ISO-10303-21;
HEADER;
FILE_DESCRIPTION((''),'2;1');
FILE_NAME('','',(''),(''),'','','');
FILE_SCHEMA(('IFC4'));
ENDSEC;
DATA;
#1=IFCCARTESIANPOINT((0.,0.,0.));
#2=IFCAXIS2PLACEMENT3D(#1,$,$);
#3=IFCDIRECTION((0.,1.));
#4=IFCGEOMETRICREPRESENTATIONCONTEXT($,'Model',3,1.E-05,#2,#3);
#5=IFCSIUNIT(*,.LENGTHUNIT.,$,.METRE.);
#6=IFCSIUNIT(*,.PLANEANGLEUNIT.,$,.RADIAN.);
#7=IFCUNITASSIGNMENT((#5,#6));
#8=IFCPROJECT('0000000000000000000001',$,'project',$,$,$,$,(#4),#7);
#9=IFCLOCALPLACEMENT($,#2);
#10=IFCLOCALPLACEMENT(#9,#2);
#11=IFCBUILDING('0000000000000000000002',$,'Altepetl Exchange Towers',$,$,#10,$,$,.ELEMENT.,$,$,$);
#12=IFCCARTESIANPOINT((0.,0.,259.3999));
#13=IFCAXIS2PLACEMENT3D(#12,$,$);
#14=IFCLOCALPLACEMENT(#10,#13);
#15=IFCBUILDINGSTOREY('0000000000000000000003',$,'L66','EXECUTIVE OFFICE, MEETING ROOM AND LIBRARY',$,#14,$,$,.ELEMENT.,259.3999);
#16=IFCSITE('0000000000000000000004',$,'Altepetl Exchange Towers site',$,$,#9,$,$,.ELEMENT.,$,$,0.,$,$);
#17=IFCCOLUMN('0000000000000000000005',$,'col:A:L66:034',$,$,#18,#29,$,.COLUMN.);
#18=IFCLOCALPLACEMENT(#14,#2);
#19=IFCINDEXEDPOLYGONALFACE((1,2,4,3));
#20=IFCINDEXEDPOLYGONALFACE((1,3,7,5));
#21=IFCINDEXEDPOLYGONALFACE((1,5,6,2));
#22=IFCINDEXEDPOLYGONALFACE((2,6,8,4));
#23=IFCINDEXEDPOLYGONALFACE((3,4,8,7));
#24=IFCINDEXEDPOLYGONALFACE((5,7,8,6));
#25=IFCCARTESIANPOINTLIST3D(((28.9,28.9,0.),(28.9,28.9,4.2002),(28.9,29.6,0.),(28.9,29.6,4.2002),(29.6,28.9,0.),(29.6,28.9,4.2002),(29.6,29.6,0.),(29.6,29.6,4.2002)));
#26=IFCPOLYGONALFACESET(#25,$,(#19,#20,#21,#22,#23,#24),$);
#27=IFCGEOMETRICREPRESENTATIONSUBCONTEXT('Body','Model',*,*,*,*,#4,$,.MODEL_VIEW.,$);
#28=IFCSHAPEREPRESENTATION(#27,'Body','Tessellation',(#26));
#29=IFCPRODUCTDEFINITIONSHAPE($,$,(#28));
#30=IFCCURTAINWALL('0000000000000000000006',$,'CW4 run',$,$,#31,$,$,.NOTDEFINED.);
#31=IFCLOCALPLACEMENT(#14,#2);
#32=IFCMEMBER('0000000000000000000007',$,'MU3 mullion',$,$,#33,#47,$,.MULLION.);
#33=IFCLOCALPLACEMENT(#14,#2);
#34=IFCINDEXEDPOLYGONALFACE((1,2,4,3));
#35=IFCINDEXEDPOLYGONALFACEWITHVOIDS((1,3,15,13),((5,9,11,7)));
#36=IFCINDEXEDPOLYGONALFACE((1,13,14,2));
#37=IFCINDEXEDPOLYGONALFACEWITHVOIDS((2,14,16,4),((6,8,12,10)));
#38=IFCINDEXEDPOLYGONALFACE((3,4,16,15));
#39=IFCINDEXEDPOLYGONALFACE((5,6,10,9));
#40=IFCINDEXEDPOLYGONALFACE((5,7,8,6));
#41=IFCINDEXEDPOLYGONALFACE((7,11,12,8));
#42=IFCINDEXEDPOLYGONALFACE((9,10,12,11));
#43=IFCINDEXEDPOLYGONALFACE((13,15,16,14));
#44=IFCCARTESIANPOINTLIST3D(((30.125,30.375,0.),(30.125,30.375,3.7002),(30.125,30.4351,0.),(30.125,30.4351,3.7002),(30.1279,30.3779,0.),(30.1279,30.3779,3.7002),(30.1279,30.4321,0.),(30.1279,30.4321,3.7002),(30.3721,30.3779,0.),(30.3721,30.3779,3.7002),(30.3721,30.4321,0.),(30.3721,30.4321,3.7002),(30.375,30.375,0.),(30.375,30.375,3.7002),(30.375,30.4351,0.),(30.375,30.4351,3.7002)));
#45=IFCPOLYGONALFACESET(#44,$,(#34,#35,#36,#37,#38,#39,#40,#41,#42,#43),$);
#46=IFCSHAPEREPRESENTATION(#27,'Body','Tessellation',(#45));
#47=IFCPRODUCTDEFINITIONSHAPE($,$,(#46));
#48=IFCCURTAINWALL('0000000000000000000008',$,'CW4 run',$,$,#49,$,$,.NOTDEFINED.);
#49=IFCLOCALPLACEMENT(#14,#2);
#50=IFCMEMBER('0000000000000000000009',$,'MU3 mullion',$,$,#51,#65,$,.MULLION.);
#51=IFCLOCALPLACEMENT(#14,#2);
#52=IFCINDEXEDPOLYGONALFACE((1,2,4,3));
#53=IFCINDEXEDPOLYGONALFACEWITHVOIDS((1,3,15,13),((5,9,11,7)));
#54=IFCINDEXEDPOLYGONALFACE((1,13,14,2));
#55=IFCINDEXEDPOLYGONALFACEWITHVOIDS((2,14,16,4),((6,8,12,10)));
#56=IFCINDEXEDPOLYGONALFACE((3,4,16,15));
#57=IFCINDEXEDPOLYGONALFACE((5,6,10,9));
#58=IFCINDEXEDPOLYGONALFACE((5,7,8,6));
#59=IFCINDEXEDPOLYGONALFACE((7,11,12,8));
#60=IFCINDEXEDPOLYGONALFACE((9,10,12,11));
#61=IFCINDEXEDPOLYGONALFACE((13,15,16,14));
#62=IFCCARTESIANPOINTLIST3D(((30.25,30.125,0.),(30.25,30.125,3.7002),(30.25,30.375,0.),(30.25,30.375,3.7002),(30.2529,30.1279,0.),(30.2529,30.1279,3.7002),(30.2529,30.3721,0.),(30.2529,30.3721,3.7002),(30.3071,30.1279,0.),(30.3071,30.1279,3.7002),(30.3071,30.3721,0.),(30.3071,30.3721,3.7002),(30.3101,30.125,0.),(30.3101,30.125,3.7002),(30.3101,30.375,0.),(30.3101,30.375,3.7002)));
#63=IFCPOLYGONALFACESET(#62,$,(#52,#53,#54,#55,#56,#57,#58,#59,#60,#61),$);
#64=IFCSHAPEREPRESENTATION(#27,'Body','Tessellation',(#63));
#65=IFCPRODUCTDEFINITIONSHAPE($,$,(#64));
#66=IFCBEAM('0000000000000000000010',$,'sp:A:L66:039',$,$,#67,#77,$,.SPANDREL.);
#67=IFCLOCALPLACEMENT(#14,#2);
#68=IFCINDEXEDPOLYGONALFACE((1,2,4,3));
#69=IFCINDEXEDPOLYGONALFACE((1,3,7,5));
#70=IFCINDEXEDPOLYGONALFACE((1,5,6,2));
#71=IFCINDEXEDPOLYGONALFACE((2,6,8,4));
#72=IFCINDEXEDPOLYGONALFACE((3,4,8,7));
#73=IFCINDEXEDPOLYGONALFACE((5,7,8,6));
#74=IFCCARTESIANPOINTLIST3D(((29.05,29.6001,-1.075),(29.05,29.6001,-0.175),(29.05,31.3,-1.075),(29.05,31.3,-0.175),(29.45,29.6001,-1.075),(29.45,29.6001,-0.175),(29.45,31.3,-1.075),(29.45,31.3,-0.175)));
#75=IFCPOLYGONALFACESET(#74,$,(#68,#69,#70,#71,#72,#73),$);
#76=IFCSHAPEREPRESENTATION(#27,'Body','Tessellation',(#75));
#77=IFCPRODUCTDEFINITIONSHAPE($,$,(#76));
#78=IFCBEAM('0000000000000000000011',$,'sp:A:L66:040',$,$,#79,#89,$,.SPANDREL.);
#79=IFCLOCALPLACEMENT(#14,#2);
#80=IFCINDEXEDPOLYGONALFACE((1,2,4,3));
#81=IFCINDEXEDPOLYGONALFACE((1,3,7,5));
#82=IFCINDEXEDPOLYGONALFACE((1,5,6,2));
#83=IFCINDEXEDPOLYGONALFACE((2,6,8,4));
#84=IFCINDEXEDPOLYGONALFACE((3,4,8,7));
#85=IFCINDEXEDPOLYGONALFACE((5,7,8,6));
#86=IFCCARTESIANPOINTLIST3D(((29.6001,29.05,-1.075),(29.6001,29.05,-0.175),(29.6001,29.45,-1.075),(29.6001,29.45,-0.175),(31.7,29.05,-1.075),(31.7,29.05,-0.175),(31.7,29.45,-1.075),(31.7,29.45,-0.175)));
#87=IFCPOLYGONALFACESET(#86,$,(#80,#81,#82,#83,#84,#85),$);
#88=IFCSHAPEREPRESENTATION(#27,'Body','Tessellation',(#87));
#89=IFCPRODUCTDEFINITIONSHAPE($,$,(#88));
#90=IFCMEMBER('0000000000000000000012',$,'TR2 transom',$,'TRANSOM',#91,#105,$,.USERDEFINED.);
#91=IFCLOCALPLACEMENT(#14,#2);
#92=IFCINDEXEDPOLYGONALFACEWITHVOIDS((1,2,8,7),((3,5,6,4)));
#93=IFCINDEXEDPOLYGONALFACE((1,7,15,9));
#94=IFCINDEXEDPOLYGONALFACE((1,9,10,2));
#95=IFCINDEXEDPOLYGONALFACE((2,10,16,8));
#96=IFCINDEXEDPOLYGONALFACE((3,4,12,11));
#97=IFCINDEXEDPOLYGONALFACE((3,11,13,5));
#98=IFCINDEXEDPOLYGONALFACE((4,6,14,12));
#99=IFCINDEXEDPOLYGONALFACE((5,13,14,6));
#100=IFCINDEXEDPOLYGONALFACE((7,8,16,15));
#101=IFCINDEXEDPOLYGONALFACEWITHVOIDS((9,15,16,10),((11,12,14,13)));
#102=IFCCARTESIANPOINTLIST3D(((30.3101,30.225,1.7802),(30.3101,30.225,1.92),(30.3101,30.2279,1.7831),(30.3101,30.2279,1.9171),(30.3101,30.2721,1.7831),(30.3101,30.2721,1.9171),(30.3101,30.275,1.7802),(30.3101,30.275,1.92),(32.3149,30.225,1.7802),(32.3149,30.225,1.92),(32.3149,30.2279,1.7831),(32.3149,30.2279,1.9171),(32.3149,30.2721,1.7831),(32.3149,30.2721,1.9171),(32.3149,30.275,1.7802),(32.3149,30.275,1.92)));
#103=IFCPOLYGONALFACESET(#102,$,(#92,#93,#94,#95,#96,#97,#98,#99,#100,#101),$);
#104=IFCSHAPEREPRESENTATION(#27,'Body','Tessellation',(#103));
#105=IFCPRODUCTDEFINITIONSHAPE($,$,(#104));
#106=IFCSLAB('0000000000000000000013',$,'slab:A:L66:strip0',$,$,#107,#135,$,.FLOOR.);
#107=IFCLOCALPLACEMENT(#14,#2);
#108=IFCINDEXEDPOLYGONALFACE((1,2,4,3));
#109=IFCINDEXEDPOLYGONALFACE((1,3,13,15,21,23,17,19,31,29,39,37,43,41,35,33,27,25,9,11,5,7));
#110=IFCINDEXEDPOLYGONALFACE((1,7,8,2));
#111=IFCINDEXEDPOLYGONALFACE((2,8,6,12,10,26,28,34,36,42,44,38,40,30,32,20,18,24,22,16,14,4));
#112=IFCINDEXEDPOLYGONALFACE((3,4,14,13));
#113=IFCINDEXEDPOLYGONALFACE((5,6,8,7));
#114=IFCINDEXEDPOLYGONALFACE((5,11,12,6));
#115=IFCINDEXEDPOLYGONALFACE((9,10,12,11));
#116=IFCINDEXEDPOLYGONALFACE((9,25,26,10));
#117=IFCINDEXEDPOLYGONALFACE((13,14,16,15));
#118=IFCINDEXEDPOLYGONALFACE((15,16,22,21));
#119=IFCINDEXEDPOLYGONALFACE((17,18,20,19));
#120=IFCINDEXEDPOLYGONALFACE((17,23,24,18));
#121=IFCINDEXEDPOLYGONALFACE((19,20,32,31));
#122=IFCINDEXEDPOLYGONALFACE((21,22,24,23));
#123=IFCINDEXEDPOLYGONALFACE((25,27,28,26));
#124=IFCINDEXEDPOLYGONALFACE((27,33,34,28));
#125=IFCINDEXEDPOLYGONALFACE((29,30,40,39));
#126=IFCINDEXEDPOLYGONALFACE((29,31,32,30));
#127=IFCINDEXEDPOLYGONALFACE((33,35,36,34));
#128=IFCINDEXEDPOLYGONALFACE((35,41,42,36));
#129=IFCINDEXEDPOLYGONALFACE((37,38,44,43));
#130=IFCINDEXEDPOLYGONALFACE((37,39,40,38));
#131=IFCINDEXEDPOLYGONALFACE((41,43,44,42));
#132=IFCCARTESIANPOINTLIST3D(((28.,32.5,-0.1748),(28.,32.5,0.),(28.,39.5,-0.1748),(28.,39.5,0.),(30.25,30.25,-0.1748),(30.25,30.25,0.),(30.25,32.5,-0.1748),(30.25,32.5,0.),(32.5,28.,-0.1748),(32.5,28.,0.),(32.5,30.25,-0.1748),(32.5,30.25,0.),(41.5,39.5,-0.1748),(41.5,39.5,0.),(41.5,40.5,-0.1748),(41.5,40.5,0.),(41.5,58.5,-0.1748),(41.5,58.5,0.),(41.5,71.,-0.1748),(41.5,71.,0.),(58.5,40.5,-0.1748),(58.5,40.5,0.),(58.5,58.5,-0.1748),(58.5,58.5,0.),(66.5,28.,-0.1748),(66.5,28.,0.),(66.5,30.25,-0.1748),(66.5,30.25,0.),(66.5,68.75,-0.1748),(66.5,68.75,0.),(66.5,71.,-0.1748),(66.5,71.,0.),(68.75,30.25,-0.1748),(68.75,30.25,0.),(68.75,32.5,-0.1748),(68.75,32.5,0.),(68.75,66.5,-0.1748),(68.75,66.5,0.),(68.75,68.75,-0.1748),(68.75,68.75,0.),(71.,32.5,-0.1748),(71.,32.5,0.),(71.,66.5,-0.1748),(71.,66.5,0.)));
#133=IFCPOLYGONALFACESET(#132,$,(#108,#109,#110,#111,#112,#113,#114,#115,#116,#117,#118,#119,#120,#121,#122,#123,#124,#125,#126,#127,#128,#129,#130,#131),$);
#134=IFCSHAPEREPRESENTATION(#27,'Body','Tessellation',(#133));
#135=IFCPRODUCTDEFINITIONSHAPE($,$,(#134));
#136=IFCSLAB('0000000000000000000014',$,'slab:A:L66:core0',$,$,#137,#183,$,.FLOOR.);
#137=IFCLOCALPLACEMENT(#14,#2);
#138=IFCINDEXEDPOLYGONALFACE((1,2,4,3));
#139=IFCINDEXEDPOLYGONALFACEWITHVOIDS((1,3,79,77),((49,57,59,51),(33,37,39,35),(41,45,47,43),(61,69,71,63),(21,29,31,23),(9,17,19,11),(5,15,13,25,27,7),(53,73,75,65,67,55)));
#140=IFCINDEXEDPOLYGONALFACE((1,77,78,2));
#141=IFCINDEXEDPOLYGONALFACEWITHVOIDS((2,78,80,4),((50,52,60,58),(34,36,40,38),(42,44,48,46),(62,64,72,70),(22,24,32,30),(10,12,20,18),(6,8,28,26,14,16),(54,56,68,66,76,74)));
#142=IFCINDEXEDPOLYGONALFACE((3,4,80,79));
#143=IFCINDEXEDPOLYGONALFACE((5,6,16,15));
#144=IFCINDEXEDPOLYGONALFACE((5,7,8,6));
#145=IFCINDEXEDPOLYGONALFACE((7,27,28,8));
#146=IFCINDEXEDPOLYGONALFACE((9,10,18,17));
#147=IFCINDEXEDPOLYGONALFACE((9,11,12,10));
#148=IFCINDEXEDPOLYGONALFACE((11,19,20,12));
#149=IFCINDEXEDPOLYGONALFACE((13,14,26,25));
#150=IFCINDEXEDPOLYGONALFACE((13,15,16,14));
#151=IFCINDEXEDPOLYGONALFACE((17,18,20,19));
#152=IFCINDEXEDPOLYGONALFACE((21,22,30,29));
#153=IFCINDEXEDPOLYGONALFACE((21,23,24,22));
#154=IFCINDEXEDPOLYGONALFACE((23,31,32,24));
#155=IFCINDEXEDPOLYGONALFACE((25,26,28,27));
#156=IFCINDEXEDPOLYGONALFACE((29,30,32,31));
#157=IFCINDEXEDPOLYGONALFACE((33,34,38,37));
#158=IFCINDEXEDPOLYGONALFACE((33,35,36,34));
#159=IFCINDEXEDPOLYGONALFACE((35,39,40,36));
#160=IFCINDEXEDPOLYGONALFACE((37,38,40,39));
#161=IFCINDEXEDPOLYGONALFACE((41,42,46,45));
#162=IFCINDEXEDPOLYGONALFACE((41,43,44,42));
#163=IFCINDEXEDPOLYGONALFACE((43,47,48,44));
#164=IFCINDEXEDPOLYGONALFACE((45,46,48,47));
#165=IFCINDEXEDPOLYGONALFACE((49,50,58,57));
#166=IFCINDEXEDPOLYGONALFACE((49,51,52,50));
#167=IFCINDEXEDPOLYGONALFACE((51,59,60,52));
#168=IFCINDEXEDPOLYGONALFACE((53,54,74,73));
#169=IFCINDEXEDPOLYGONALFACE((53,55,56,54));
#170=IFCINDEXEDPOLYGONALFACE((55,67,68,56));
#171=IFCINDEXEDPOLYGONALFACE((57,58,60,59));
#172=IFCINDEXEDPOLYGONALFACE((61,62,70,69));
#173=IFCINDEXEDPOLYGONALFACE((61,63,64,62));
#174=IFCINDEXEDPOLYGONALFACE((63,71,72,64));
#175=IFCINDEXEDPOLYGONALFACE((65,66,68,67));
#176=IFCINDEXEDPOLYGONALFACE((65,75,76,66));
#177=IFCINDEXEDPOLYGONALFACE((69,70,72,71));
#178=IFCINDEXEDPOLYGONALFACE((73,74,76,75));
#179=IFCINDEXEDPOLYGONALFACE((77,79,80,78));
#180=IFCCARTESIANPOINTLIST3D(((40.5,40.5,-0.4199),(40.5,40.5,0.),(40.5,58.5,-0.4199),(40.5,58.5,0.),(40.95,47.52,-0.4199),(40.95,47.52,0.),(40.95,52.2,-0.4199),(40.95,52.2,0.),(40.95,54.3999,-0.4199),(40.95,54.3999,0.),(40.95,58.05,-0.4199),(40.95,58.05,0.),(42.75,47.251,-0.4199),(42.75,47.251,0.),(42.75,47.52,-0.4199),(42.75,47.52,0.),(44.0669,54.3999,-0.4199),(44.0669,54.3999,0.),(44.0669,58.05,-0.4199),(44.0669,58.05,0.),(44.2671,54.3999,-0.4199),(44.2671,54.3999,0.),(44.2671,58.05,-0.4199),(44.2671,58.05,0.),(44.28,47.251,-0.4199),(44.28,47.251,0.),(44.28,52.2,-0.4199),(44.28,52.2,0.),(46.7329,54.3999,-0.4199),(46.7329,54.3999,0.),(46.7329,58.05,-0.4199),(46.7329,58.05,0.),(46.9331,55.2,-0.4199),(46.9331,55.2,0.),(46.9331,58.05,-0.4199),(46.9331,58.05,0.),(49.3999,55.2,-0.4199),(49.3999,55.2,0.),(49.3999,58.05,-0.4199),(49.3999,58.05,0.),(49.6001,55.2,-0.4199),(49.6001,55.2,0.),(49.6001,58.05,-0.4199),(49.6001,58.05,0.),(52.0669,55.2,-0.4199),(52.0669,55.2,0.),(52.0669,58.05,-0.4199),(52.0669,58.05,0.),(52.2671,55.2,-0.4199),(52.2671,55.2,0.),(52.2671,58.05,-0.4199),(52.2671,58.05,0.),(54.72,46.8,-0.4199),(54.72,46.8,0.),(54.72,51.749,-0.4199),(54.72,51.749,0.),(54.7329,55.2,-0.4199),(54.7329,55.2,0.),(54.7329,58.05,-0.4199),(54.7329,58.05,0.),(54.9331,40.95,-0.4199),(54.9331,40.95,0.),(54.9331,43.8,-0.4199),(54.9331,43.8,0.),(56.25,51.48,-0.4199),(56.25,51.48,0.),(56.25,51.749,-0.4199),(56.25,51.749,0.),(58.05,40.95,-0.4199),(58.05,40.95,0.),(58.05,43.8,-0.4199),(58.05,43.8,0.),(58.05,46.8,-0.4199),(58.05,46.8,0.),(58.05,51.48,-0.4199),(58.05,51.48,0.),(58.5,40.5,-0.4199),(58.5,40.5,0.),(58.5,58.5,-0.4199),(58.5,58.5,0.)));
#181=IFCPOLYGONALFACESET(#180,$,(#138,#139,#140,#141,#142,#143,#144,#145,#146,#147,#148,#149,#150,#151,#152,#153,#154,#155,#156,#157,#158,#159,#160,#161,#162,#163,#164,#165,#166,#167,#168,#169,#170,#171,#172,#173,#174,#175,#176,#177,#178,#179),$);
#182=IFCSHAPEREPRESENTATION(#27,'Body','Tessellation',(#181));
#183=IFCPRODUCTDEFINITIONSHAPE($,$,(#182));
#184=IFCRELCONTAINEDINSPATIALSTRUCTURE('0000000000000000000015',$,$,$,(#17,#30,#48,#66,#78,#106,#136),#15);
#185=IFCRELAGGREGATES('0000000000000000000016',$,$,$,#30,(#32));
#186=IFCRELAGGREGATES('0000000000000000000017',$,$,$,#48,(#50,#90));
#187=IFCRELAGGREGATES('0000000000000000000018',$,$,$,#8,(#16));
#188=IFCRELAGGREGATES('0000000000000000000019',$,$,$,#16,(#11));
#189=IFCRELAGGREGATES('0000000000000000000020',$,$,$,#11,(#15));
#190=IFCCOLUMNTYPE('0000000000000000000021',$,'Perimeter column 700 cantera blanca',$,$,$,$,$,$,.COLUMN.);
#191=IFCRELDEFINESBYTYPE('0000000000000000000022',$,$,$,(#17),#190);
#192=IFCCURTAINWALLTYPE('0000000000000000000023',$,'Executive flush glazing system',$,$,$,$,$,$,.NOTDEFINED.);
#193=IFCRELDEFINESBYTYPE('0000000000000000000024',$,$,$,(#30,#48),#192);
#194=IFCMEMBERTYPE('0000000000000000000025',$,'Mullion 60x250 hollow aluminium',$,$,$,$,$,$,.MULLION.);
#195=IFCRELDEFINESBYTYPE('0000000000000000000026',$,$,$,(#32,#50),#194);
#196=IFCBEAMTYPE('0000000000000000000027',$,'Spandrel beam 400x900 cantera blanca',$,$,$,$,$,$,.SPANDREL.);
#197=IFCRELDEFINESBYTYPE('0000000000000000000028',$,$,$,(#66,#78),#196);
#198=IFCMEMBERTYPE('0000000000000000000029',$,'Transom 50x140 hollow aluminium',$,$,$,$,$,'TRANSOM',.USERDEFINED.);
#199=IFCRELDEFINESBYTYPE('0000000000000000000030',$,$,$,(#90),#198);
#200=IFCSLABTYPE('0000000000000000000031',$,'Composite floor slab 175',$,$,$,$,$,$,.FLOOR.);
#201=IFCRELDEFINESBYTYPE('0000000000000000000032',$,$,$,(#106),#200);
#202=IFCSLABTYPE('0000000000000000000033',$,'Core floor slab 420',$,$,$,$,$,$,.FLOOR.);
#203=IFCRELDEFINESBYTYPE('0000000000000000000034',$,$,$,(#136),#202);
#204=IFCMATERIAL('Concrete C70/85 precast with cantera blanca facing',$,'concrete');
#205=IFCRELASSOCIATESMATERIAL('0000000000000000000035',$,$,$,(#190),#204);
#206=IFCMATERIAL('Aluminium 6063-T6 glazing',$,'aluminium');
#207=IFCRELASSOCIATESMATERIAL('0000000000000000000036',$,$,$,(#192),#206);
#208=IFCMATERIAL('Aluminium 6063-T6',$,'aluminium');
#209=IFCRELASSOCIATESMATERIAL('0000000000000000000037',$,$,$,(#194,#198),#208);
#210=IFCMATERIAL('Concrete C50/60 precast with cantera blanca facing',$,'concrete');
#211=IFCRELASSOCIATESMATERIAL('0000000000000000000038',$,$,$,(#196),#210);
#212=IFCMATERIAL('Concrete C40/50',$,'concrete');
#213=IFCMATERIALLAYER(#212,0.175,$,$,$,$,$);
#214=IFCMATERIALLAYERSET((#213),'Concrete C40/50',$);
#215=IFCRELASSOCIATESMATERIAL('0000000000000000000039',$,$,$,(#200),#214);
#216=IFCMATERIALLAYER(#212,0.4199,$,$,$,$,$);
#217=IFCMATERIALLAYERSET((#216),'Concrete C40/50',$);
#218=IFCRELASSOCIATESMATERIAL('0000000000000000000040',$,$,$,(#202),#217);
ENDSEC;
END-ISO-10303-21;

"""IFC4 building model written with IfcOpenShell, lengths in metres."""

from ifc_helpers import new_model, si_unit, direction, frame, origin, origin_2d, place, context, subcontext, project, spatial, polyline, rectangle, hollow_rectangle, outline, extrude, material, layer, layer_set, material_profile, profile_set, type_object, element, aggregate, save


model = new_model("IFC4")

# Units and contexts
model_context = context("Model", 3, precision=1e-05, world=origin(), true_north=direction((0.0, 1.0)))
body_context = subcontext(model_context, "Body", "Model", "MODEL_VIEW")
ifc_project = project(units=[si_unit("LENGTHUNIT", "METRE"), si_unit("PLANEANGLEUNIT", "RADIAN")], contexts=[model_context])

# Site, building, storey
site_placement = place(None, origin())
site = spatial("IfcSite", under=ifc_project, at=site_placement, Name="Altepetl Exchange Towers site", CompositionType="ELEMENT", RefElevation=0.0)
building_placement = place(site_placement, origin())
building = spatial("IfcBuilding", under=site, at=building_placement, Name="Altepetl Exchange Towers", CompositionType="ELEMENT")
storey_placement = place(building_placement, frame((0.0, 0.0, 259.3999)))
storey = spatial("IfcBuildingStorey", under=building, at=storey_placement, Name="L66", Description="EXECUTIVE OFFICE, MEETING ROOM AND LIBRARY", CompositionType="ELEMENT", Elevation=259.3999)

# Column
ifc_material_1 = material(Name="Concrete C70/85 precast with cantera blanca facing", Category="concrete")
ifc_material_profile_1 = material_profile(ifc_material_1, rectangle(XDim=0.7, YDim=0.7, at=origin_2d()), Name="700 x 700")
ifc_profile_set_1 = profile_set([ifc_material_profile_1], Name="Concrete C70/85 precast with cantera blanca facing")
column_type = type_object("IfcColumnType", Name="Perimeter column 700 cantera blanca", PredefinedType="COLUMN", material=ifc_profile_set_1)
column_placement = place(storey_placement, frame((29.25, 29.25, 0.0)))
element("IfcColumn", 1, at=column_placement, inside=storey, type_object=column_type, Name="col:A:L66:034", PredefinedType="COLUMN", context=body_context, shape_type="SweptSolid", body=[
    extrude(rectangle(XDim=0.7, YDim=0.7, at=origin_2d()), origin(), (0.0, 0.0, 1.0), 4.2002),
])

# Curtain walls, members
ifc_material_2 = material(Name="Aluminium 6063-T6 glazing", Category="aluminium")
curtain_wall_type = type_object("IfcCurtainWallType", Name="Executive flush glazing system", PredefinedType="NOTDEFINED", material=ifc_material_2)
curtain_wall_1_placement = place(storey_placement, origin())
curtain_wall_1 = element("IfcCurtainWall", 2, at=curtain_wall_1_placement, inside=storey, type_object=curtain_wall_type, Name="CW4 run", PredefinedType="NOTDEFINED")
ifc_material_3 = material(Name="Aluminium 6063-T6", Category="aluminium")
ifc_material_profile_2 = material_profile(ifc_material_3, hollow_rectangle(XDim=0.0601, YDim=0.25, WallThickness=0.0029, at=origin_2d()), Name="Mullion 60x250 hollow aluminium")
ifc_profile_set_2 = profile_set([ifc_material_profile_2], Name="Aluminium 6063-T6")
member_type_1 = type_object("IfcMemberType", Name="Mullion 60x250 hollow aluminium", PredefinedType="MULLION", material=ifc_profile_set_2)
member_1_placement = place(storey_placement, frame((30.25, 30.405, 0.0), z_axis=(0.0, 0.0, 1.0), x_axis=(0.0, -1.0, 0.0)))
member_1 = element("IfcMember", 3, at=member_1_placement, type_object=member_type_1, Name="MU3 mullion", PredefinedType="MULLION", context=body_context, shape_type="SweptSolid", body=[
    extrude(hollow_rectangle(XDim=0.0601, YDim=0.25, WallThickness=0.0029, at=origin_2d()), origin(), (0.0, 0.0, 1.0), 3.7002),
])
curtain_wall_2_placement = place(storey_placement, origin())
curtain_wall_2 = element("IfcCurtainWall", 4, at=curtain_wall_2_placement, inside=storey, type_object=curtain_wall_type, Name="CW4 run", PredefinedType="NOTDEFINED")
member_2_placement = place(storey_placement, frame((30.28, 30.25, 0.0)))
member_2 = element("IfcMember", 5, at=member_2_placement, type_object=member_type_1, Name="MU3 mullion", PredefinedType="MULLION", context=body_context, shape_type="SweptSolid", body=[
    extrude(hollow_rectangle(XDim=0.0601, YDim=0.25, WallThickness=0.0029, at=origin_2d()), origin(), (0.0, 0.0, 1.0), 3.7002),
])

# Beams
ifc_material_4 = material(Name="Concrete C50/60 precast with cantera blanca facing", Category="concrete")
ifc_material_profile_3 = material_profile(ifc_material_4, rectangle(XDim=0.3999, YDim=0.8999, at=origin_2d()), Name="400 x 900")
ifc_profile_set_3 = profile_set([ifc_material_profile_3], Name="Concrete C50/60 precast with cantera blanca facing")
beam_type = type_object("IfcBeamType", Name="Spandrel beam 400x900 cantera blanca", PredefinedType="SPANDREL", material=ifc_profile_set_3)
beam_1_placement = place(storey_placement, frame((29.25, 31.3, -0.625), z_axis=(0.0, -1.0, 0.0), x_axis=(1.0, 0.0, 0.0)))
element("IfcBeam", 6, at=beam_1_placement, inside=storey, type_object=beam_type, Name="sp:A:L66:039", PredefinedType="SPANDREL", context=body_context, shape_type="SweptSolid", body=[
    extrude(rectangle(XDim=0.3999, YDim=0.8999, at=origin_2d()), origin(), (0.0, 0.0, 1.0), 1.7),
])
beam_2_placement = place(storey_placement, frame((29.6001, 29.25, -0.625), z_axis=(1.0, 0.0, 0.0), x_axis=(0.0, 1.0, 0.0)))
element("IfcBeam", 7, at=beam_2_placement, inside=storey, type_object=beam_type, Name="sp:A:L66:040", PredefinedType="SPANDREL", context=body_context, shape_type="SweptSolid", body=[
    extrude(rectangle(XDim=0.3999, YDim=0.8999, at=origin_2d()), origin(), (0.0, 0.0, 1.0), 2.0999),
])

# Member
ifc_material_profile_4 = material_profile(ifc_material_3, hollow_rectangle(XDim=0.05, YDim=0.1399, WallThickness=0.0029, at=origin_2d()), Name="Transom 50x140 hollow aluminium")
ifc_profile_set_4 = profile_set([ifc_material_profile_4], Name="Aluminium 6063-T6")
member_type_2 = type_object("IfcMemberType", Name="Transom 50x140 hollow aluminium", ElementType="TRANSOM", PredefinedType="USERDEFINED", material=ifc_profile_set_4)
member_3_placement = place(storey_placement, frame((30.3101, 30.25, 1.8501), z_axis=(1.0, 0.0, 0.0), x_axis=(0.0, 1.0, 0.0)))
member_3 = element("IfcMember", 8, at=member_3_placement, type_object=member_type_2, Name="TR2 transom", ObjectType="TRANSOM", PredefinedType="USERDEFINED", context=body_context, shape_type="SweptSolid", body=[
    extrude(hollow_rectangle(XDim=0.05, YDim=0.1399, WallThickness=0.0029, at=origin_2d()), origin(), (0.0, 0.0, 1.0), 2.0049),
])

# Slabs
ifc_material_5 = material(Name="Concrete C40/50", Category="concrete")
ifc_layer_1 = layer(ifc_material_5, 0.175)
ifc_layer_set_1 = layer_set([ifc_layer_1], Name="Concrete C40/50")
slab_type_1 = type_object("IfcSlabType", Name="Composite floor slab 175", PredefinedType="FLOOR", material=ifc_layer_set_1)
slab_1_placement = place(storey_placement, frame((0.0, 0.0, -0.1748)))
element("IfcSlab", 9, at=slab_1_placement, inside=storey, type_object=slab_type_1, Name="slab:A:L66:strip0", PredefinedType="FLOOR", context=body_context, shape_type="SweptSolid", body=[
    extrude(outline(polyline([(41.5, 71.0), (41.5, 58.5), (58.5, 58.5), (58.5, 40.5), (41.5, 40.5), (41.5, 39.5), (28.0, 39.5), (28.0, 32.5), (30.25, 32.5), (30.25, 30.25), (32.5, 30.25), (32.5, 28.0), (66.5, 28.0), (66.5, 30.25), (68.75, 30.25), (68.75, 32.5), (71.0, 32.5), (71.0, 66.5), (68.75, 66.5), (68.75, 68.75), (66.5, 68.75), (66.5, 71.0), (41.5, 71.0)])), origin(), (0.0, 0.0, 1.0), 0.1748),
])
ifc_layer_2 = layer(ifc_material_5, 0.4199)
ifc_layer_set_2 = layer_set([ifc_layer_2], Name="Concrete C40/50")
slab_type_2 = type_object("IfcSlabType", Name="Core floor slab 420", PredefinedType="FLOOR", material=ifc_layer_set_2)
slab_2_placement = place(storey_placement, frame((0.0, 0.0, -0.4199)))
element("IfcSlab", 10, at=slab_2_placement, inside=storey, type_object=slab_type_2, Name="slab:A:L66:core0", PredefinedType="FLOOR", context=body_context, shape_type="SweptSolid", body=[
    extrude(outline(polyline([(40.5, 40.5), (58.5, 40.5), (58.5, 58.5), (40.5, 58.5), (40.5, 40.5)]), holes=[polyline([(54.9331, 43.8), (58.05, 43.8), (58.05, 40.95), (54.9331, 40.95), (54.9331, 43.8)]), polyline([(54.72, 51.749), (56.25, 51.749), (56.25, 51.48), (58.05, 51.48), (58.05, 46.8), (54.72, 46.8), (54.72, 51.749)]), polyline([(44.28, 47.251), (42.75, 47.251), (42.75, 47.52), (40.95, 47.52), (40.95, 52.2), (44.28, 52.2), (44.28, 47.251)]), polyline([(40.95, 58.05), (44.0669, 58.05), (44.0669, 54.3999), (40.95, 54.3999), (40.95, 58.05)]), polyline([(44.2671, 58.05), (46.7329, 58.05), (46.7329, 54.3999), (44.2671, 54.3999), (44.2671, 58.05)]), polyline([(46.9331, 58.05), (49.3999, 58.05), (49.3999, 55.2), (46.9331, 55.2), (46.9331, 58.05)]), polyline([(49.6001, 58.05), (52.0669, 58.05), (52.0669, 55.2), (49.6001, 55.2), (49.6001, 58.05)]), polyline([(52.2671, 58.05), (54.7329, 58.05), (54.7329, 55.2), (52.2671, 55.2), (52.2671, 58.05)])]), origin(), (0.0, 0.0, 1.0), 0.4199),
])

aggregate(curtain_wall_1, [member_1])
aggregate(curtain_wall_2, [member_2, member_3])

save(model, "model.ifc")
